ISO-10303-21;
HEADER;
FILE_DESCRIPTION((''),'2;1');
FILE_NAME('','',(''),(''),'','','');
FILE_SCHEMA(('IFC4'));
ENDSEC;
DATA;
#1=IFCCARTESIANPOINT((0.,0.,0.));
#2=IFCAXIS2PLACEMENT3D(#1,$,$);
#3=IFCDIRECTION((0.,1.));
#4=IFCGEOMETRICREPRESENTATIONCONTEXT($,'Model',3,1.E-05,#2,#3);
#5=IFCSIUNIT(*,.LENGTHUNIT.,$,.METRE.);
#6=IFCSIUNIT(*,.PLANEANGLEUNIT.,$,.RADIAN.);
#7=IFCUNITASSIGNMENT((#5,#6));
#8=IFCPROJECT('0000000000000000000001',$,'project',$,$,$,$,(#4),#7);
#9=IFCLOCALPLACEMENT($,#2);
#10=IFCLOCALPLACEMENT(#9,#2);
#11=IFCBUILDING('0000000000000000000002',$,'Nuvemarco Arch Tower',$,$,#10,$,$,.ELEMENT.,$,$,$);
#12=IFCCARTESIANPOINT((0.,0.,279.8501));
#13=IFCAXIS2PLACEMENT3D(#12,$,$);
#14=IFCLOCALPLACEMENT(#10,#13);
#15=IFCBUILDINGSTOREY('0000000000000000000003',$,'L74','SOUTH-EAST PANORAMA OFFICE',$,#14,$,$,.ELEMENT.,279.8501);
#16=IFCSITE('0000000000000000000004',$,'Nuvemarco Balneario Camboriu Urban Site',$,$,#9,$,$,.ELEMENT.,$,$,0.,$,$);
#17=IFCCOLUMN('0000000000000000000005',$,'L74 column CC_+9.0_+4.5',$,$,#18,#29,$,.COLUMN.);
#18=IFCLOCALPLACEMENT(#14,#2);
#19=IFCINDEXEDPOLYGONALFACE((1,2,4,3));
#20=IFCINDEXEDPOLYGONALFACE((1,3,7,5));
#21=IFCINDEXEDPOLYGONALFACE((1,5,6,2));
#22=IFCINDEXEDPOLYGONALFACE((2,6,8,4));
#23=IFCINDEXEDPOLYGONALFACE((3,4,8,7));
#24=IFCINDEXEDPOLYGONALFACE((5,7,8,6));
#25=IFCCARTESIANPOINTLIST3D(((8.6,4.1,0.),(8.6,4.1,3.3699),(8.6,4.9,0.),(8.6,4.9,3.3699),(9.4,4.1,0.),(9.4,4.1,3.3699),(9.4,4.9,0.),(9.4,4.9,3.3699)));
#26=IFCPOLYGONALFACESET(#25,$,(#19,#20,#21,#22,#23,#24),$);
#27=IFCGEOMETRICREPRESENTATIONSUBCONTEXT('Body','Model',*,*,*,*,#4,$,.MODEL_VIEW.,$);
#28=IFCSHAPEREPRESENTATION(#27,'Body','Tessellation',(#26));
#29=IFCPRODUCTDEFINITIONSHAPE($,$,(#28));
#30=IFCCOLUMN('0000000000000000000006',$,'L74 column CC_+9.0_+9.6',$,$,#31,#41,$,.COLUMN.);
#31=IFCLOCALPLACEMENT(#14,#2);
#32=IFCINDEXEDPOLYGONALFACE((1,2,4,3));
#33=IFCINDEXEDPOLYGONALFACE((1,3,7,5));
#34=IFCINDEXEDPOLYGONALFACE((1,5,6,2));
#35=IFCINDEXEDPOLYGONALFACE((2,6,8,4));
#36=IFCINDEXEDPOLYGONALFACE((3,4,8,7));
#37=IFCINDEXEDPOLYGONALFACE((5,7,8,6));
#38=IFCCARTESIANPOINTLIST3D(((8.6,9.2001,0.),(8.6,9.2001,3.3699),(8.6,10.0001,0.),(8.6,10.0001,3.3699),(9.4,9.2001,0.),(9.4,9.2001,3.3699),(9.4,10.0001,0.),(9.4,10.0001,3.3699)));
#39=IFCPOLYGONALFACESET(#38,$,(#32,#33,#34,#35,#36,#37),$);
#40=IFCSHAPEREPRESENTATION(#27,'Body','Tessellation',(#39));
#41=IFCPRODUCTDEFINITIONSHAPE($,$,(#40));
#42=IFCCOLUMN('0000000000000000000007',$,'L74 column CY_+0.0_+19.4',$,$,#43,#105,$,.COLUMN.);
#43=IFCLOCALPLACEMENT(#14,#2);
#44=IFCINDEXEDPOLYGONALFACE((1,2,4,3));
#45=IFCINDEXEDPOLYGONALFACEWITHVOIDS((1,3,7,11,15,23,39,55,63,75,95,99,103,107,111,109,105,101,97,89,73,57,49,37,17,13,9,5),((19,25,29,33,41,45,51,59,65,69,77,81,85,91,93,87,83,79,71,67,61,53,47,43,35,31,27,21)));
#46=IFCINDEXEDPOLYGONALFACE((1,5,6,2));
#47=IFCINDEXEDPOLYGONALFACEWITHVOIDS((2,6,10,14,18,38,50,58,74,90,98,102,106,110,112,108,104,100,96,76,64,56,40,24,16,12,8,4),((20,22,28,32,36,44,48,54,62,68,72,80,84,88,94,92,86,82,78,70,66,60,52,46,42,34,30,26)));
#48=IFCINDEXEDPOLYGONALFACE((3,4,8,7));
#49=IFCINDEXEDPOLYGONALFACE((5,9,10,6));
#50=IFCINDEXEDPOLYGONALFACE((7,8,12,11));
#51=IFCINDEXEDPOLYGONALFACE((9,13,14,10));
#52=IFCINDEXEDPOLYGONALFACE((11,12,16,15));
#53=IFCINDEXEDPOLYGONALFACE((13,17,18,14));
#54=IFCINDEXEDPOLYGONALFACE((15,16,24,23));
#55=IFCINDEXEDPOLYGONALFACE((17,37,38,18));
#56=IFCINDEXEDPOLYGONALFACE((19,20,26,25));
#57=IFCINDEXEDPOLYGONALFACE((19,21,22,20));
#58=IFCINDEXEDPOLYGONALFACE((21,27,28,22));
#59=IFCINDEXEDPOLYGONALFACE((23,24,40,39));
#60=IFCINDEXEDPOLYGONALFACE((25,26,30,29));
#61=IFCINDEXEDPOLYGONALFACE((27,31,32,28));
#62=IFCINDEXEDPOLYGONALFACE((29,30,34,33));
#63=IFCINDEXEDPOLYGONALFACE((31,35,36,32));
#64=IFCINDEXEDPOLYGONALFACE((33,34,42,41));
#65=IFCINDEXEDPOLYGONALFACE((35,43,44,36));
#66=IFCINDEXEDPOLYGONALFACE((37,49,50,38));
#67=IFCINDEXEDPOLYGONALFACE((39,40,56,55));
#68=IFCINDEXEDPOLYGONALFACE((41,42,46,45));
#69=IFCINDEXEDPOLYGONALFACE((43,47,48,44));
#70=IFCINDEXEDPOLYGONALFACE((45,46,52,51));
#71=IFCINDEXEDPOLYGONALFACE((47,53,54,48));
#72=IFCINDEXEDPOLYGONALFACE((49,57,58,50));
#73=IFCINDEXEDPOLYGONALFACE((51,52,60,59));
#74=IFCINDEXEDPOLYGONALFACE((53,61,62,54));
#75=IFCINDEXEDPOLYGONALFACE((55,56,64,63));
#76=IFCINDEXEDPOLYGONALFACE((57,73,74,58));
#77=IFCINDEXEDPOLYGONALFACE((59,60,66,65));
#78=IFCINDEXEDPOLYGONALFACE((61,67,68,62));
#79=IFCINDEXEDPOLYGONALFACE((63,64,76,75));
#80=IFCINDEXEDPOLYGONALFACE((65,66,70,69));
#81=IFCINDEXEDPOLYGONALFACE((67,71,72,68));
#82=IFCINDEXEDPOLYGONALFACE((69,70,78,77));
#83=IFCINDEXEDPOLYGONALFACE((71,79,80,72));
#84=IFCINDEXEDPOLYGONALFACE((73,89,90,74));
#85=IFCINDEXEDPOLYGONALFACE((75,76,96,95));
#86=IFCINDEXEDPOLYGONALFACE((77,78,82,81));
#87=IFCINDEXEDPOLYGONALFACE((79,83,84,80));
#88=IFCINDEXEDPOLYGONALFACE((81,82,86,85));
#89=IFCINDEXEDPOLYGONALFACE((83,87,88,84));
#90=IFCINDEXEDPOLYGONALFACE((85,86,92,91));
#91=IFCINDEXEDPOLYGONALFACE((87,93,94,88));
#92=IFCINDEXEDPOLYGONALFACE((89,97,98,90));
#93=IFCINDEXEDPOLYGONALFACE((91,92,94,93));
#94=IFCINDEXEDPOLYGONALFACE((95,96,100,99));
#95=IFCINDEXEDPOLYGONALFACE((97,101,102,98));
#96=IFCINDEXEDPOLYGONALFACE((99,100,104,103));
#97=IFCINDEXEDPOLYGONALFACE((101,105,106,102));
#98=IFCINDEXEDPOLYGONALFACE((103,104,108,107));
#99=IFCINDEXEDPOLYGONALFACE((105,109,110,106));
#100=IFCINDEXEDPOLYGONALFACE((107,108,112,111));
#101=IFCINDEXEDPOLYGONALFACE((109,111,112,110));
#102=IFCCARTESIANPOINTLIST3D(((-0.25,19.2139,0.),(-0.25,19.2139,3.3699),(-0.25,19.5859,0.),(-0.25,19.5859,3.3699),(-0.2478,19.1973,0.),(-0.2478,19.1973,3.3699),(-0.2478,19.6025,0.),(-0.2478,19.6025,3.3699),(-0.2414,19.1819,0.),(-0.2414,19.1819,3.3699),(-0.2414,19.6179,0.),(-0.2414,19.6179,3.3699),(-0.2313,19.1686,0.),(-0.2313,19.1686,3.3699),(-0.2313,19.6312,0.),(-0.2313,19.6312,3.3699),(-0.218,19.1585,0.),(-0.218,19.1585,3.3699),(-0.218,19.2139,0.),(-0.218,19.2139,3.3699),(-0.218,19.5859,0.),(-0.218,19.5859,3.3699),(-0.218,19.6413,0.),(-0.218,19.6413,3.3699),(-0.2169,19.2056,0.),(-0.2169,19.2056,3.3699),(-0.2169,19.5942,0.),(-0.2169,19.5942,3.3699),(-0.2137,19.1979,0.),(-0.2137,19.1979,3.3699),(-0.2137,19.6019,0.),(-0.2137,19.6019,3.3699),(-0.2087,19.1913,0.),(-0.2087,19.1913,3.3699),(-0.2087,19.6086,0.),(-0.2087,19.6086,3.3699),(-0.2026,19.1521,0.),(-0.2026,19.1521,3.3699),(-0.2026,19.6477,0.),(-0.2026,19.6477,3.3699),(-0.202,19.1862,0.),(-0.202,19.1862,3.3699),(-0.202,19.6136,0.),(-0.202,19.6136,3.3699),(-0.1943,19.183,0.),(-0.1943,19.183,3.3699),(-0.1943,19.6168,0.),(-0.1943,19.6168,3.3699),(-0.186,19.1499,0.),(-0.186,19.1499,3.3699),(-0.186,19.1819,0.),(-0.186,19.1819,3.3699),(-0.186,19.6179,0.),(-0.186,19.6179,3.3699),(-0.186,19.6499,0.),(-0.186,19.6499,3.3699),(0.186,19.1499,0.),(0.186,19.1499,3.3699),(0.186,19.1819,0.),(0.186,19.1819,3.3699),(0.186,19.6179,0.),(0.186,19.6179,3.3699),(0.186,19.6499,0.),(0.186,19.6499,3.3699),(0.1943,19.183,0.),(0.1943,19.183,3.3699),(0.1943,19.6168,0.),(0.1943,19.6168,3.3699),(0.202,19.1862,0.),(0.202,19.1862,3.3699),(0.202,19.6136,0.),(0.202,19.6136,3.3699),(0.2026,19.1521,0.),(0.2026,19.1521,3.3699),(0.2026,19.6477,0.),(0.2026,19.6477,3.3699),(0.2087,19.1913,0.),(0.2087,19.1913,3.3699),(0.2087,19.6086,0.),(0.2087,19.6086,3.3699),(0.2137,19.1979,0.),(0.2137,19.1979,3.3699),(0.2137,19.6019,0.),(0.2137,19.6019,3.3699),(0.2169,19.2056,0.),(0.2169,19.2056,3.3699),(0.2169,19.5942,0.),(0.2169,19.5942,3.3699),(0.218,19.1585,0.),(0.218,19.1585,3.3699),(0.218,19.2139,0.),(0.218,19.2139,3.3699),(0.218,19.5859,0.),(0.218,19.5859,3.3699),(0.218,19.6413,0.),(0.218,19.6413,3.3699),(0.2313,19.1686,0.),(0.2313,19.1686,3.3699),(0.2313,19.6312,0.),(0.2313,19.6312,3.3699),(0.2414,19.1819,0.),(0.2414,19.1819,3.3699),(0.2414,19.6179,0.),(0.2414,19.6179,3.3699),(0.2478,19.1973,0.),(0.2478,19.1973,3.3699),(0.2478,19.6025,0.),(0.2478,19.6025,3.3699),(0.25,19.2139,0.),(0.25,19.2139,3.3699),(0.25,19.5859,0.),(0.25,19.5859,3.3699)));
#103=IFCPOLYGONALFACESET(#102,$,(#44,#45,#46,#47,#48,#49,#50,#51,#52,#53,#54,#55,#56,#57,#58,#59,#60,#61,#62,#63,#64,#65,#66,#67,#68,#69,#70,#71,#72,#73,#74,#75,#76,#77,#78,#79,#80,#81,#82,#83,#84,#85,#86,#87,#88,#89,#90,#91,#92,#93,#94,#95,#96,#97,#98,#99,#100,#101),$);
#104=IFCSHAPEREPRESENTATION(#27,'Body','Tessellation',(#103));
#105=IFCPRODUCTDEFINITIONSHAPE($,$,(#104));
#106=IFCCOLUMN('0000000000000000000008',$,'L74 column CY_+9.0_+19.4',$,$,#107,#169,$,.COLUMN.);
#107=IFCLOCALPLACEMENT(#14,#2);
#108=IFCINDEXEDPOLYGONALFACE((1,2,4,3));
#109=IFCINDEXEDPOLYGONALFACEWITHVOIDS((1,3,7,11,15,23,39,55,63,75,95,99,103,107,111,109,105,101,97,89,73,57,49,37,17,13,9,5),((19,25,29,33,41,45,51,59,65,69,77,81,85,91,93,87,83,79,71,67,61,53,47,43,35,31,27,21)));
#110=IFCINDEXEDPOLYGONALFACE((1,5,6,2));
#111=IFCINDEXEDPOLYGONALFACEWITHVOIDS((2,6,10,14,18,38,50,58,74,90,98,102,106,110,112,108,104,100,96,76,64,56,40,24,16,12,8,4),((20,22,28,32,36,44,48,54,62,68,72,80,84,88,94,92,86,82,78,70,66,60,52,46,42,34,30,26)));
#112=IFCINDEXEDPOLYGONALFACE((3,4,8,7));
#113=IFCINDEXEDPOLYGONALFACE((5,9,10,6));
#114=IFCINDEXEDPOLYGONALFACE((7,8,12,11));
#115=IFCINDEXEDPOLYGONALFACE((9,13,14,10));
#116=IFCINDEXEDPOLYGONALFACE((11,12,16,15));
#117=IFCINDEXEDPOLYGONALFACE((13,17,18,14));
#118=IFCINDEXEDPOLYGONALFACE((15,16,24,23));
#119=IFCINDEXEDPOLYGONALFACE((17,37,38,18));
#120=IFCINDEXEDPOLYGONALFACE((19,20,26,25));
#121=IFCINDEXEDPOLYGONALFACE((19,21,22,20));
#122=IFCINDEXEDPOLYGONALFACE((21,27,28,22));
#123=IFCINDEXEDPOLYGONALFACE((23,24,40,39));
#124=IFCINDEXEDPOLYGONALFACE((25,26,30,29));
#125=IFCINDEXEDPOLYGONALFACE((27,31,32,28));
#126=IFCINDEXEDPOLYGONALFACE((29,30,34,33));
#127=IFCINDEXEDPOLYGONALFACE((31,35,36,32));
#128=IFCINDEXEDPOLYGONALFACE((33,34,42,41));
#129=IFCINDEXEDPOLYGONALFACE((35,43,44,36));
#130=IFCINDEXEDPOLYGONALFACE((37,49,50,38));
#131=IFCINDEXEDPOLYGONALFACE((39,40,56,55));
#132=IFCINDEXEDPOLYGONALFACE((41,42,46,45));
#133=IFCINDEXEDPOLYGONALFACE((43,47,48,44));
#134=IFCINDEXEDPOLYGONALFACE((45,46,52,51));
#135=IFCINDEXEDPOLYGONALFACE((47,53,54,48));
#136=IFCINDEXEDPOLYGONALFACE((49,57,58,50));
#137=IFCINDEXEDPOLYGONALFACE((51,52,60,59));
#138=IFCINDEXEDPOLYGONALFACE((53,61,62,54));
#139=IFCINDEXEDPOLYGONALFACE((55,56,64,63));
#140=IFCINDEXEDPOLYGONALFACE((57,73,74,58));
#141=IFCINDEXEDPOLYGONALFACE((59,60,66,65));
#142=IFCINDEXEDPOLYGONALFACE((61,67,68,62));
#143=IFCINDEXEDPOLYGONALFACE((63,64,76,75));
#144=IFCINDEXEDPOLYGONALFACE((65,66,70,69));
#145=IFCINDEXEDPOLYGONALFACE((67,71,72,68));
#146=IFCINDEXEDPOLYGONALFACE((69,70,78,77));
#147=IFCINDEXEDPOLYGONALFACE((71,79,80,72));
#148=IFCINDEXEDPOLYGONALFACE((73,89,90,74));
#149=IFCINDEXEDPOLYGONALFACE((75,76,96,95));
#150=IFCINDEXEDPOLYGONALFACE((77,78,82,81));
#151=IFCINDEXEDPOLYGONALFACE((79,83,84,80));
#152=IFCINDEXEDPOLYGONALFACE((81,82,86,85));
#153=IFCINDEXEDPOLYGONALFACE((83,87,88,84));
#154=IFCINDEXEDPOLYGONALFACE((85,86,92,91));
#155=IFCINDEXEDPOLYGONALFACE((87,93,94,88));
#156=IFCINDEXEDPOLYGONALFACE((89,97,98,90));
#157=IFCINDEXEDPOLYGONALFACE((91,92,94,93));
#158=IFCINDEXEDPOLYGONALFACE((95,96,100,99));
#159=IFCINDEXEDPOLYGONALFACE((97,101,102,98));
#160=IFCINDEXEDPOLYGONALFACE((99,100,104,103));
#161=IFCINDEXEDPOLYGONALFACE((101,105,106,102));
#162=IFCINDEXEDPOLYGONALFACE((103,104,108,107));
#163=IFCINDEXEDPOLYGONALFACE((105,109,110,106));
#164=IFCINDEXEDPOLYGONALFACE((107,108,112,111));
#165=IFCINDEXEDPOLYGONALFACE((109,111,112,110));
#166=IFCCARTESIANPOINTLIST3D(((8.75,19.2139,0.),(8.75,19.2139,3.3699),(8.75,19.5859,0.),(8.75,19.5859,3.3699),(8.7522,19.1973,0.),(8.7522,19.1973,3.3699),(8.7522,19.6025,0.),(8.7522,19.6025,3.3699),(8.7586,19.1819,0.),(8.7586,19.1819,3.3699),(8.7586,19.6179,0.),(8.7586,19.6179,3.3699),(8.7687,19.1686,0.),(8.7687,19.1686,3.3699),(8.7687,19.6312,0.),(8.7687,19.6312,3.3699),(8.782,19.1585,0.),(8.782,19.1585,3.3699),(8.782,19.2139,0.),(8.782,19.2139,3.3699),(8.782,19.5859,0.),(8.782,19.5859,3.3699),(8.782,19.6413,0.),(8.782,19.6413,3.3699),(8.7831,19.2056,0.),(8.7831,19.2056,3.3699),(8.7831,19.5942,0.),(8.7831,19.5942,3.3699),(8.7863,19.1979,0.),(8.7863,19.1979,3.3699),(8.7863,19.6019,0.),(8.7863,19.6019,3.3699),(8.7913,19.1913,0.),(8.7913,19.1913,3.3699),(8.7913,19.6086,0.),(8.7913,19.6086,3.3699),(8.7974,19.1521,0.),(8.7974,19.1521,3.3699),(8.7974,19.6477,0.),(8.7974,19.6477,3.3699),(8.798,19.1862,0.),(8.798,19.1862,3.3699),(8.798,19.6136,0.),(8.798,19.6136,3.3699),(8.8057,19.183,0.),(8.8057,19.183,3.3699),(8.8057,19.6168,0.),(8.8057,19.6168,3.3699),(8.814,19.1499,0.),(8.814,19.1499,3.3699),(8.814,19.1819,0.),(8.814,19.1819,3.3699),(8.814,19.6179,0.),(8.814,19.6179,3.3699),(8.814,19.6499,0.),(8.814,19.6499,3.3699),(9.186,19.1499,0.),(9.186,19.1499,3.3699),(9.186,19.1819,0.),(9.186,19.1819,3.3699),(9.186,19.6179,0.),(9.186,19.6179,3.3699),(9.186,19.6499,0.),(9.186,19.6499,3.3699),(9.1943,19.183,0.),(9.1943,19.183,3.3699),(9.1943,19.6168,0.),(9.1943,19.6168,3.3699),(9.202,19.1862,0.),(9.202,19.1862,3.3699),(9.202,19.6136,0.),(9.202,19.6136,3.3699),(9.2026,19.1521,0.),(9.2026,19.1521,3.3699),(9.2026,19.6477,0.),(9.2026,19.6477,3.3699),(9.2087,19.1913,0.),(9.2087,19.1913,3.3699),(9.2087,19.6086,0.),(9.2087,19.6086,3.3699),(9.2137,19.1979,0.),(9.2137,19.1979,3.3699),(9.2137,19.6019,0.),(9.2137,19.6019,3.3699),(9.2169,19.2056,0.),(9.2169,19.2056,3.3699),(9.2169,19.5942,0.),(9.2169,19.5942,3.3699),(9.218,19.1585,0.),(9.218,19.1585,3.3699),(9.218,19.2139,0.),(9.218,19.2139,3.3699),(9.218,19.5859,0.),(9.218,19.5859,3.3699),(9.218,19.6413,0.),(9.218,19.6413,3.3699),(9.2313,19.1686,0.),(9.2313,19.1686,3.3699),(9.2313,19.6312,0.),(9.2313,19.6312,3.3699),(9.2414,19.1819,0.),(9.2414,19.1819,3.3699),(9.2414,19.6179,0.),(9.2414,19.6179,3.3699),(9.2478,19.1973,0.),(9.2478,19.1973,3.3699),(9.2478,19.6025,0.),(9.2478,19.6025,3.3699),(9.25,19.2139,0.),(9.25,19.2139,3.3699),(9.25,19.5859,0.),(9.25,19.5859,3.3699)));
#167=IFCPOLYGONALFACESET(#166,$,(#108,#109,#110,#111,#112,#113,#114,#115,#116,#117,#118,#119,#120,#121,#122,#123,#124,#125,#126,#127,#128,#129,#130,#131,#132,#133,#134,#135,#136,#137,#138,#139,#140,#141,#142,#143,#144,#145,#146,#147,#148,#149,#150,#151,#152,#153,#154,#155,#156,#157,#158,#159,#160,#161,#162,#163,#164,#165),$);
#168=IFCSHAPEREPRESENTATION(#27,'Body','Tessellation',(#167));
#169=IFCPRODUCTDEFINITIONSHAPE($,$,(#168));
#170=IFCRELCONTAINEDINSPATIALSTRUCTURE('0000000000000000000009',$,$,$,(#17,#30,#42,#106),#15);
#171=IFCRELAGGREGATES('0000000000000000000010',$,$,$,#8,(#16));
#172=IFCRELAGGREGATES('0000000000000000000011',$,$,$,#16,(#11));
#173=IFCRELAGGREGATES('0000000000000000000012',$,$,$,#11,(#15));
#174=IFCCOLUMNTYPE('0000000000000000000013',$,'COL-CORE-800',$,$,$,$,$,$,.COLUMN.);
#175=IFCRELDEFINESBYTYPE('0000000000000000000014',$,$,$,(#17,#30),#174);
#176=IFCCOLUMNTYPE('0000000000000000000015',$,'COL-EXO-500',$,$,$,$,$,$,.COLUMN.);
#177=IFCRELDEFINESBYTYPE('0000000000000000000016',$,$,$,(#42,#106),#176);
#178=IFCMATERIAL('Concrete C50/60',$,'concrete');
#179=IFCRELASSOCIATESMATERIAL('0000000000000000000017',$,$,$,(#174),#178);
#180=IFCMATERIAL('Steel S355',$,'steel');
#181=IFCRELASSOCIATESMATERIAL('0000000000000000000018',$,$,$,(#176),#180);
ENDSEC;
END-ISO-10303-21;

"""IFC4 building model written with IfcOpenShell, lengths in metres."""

from ifc_helpers import new_model, si_unit, direction, frame, origin, origin_2d, place, context, subcontext, project, spatial, rectangle, hollow_rectangle, extrude, material, material_profile, profile_set, type_object, element, save


model = new_model("IFC4")

# Units and contexts
model_context = context("Model", 3, precision=1e-05, world=origin(), true_north=direction((0.0, 1.0)))
body_context = subcontext(model_context, "Body", "Model", "MODEL_VIEW")
ifc_project = project(units=[si_unit("LENGTHUNIT", "METRE"), si_unit("PLANEANGLEUNIT", "RADIAN")], contexts=[model_context])

# Site, building, storey
site_placement = place(None, origin())
site = spatial("IfcSite", under=ifc_project, at=site_placement, Name="Nuvemarco Balneario Camboriu Urban Site", CompositionType="ELEMENT", RefElevation=0.0)
building_placement = place(site_placement, origin())
building = spatial("IfcBuilding", under=site, at=building_placement, Name="Nuvemarco Arch Tower", CompositionType="ELEMENT")
storey_placement = place(building_placement, frame((0.0, 0.0, 279.8501)))
storey = spatial("IfcBuildingStorey", under=building, at=storey_placement, Name="L74", Description="SOUTH-EAST PANORAMA OFFICE", CompositionType="ELEMENT", Elevation=279.8501)

# Columns
ifc_material_1 = material(Name="Concrete C50/60", Category="concrete")
ifc_material_profile_1 = material_profile(ifc_material_1, rectangle(XDim=0.8, YDim=0.8, at=origin_2d()), Name="RC-COL-800x800")
ifc_profile_set_1 = profile_set([ifc_material_profile_1], Name="Concrete C50/60")
column_type_1 = type_object("IfcColumnType", Name="COL-CORE-800", PredefinedType="COLUMN", material=ifc_profile_set_1)
for number, where, z_axis, x_axis, name in (
    (1, (9.0, 4.5, 0.0), (0.0, 0.0, 1.0), (1.0, 0.0, 0.0), "L74 column CC_+9.0_+4.5"),
    (2, (9.0, 9.6001, 0.0), (0.0, 0.0, 1.0), (1.0, 0.0, 0.0), "L74 column CC_+9.0_+9.6"),
):
    element("IfcColumn", number, at=place(storey_placement, frame(where, z_axis=z_axis, x_axis=x_axis)), inside=storey, type_object=column_type_1, Name=name, PredefinedType="COLUMN", context=body_context, shape_type="SweptSolid", body=[
        extrude(rectangle(XDim=0.8, YDim=0.8, at=origin_2d()), origin(), (0.0, 0.0, 1.0), 3.3699),
    ])
ifc_material_2 = material(Name="Steel S355", Category="steel")
ifc_material_profile_2 = material_profile(ifc_material_2, hollow_rectangle(XDim=0.5, YDim=0.5, WallThickness=0.032, InnerFilletRadius=0.032, OuterFilletRadius=0.064, at=origin_2d()), Name="SHS500x500x32")
ifc_profile_set_2 = profile_set([ifc_material_profile_2], Name="Steel S355")
column_type_2 = type_object("IfcColumnType", Name="COL-EXO-500", PredefinedType="COLUMN", material=ifc_profile_set_2)
for number, where, z_axis, x_axis, name in (
    (3, (0.0, 19.3999, 0.0), (0.0, 0.0, 1.0), (1.0, 0.0, 0.0), "L74 column CY_+0.0_+19.4"),
    (4, (9.0, 19.3999, 0.0), (0.0, 0.0, 1.0), (1.0, 0.0, 0.0), "L74 column CY_+9.0_+19.4"),
):
    element("IfcColumn", number, at=place(storey_placement, frame(where, z_axis=z_axis, x_axis=x_axis)), inside=storey, type_object=column_type_2, Name=name, PredefinedType="COLUMN", context=body_context, shape_type="SweptSolid", body=[
        extrude(hollow_rectangle(XDim=0.5, YDim=0.5, WallThickness=0.032, InnerFilletRadius=0.032, OuterFilletRadius=0.064, at=origin_2d()), origin(), (0.0, 0.0, 1.0), 3.3699),
    ])

save(model, "model.ifc")
